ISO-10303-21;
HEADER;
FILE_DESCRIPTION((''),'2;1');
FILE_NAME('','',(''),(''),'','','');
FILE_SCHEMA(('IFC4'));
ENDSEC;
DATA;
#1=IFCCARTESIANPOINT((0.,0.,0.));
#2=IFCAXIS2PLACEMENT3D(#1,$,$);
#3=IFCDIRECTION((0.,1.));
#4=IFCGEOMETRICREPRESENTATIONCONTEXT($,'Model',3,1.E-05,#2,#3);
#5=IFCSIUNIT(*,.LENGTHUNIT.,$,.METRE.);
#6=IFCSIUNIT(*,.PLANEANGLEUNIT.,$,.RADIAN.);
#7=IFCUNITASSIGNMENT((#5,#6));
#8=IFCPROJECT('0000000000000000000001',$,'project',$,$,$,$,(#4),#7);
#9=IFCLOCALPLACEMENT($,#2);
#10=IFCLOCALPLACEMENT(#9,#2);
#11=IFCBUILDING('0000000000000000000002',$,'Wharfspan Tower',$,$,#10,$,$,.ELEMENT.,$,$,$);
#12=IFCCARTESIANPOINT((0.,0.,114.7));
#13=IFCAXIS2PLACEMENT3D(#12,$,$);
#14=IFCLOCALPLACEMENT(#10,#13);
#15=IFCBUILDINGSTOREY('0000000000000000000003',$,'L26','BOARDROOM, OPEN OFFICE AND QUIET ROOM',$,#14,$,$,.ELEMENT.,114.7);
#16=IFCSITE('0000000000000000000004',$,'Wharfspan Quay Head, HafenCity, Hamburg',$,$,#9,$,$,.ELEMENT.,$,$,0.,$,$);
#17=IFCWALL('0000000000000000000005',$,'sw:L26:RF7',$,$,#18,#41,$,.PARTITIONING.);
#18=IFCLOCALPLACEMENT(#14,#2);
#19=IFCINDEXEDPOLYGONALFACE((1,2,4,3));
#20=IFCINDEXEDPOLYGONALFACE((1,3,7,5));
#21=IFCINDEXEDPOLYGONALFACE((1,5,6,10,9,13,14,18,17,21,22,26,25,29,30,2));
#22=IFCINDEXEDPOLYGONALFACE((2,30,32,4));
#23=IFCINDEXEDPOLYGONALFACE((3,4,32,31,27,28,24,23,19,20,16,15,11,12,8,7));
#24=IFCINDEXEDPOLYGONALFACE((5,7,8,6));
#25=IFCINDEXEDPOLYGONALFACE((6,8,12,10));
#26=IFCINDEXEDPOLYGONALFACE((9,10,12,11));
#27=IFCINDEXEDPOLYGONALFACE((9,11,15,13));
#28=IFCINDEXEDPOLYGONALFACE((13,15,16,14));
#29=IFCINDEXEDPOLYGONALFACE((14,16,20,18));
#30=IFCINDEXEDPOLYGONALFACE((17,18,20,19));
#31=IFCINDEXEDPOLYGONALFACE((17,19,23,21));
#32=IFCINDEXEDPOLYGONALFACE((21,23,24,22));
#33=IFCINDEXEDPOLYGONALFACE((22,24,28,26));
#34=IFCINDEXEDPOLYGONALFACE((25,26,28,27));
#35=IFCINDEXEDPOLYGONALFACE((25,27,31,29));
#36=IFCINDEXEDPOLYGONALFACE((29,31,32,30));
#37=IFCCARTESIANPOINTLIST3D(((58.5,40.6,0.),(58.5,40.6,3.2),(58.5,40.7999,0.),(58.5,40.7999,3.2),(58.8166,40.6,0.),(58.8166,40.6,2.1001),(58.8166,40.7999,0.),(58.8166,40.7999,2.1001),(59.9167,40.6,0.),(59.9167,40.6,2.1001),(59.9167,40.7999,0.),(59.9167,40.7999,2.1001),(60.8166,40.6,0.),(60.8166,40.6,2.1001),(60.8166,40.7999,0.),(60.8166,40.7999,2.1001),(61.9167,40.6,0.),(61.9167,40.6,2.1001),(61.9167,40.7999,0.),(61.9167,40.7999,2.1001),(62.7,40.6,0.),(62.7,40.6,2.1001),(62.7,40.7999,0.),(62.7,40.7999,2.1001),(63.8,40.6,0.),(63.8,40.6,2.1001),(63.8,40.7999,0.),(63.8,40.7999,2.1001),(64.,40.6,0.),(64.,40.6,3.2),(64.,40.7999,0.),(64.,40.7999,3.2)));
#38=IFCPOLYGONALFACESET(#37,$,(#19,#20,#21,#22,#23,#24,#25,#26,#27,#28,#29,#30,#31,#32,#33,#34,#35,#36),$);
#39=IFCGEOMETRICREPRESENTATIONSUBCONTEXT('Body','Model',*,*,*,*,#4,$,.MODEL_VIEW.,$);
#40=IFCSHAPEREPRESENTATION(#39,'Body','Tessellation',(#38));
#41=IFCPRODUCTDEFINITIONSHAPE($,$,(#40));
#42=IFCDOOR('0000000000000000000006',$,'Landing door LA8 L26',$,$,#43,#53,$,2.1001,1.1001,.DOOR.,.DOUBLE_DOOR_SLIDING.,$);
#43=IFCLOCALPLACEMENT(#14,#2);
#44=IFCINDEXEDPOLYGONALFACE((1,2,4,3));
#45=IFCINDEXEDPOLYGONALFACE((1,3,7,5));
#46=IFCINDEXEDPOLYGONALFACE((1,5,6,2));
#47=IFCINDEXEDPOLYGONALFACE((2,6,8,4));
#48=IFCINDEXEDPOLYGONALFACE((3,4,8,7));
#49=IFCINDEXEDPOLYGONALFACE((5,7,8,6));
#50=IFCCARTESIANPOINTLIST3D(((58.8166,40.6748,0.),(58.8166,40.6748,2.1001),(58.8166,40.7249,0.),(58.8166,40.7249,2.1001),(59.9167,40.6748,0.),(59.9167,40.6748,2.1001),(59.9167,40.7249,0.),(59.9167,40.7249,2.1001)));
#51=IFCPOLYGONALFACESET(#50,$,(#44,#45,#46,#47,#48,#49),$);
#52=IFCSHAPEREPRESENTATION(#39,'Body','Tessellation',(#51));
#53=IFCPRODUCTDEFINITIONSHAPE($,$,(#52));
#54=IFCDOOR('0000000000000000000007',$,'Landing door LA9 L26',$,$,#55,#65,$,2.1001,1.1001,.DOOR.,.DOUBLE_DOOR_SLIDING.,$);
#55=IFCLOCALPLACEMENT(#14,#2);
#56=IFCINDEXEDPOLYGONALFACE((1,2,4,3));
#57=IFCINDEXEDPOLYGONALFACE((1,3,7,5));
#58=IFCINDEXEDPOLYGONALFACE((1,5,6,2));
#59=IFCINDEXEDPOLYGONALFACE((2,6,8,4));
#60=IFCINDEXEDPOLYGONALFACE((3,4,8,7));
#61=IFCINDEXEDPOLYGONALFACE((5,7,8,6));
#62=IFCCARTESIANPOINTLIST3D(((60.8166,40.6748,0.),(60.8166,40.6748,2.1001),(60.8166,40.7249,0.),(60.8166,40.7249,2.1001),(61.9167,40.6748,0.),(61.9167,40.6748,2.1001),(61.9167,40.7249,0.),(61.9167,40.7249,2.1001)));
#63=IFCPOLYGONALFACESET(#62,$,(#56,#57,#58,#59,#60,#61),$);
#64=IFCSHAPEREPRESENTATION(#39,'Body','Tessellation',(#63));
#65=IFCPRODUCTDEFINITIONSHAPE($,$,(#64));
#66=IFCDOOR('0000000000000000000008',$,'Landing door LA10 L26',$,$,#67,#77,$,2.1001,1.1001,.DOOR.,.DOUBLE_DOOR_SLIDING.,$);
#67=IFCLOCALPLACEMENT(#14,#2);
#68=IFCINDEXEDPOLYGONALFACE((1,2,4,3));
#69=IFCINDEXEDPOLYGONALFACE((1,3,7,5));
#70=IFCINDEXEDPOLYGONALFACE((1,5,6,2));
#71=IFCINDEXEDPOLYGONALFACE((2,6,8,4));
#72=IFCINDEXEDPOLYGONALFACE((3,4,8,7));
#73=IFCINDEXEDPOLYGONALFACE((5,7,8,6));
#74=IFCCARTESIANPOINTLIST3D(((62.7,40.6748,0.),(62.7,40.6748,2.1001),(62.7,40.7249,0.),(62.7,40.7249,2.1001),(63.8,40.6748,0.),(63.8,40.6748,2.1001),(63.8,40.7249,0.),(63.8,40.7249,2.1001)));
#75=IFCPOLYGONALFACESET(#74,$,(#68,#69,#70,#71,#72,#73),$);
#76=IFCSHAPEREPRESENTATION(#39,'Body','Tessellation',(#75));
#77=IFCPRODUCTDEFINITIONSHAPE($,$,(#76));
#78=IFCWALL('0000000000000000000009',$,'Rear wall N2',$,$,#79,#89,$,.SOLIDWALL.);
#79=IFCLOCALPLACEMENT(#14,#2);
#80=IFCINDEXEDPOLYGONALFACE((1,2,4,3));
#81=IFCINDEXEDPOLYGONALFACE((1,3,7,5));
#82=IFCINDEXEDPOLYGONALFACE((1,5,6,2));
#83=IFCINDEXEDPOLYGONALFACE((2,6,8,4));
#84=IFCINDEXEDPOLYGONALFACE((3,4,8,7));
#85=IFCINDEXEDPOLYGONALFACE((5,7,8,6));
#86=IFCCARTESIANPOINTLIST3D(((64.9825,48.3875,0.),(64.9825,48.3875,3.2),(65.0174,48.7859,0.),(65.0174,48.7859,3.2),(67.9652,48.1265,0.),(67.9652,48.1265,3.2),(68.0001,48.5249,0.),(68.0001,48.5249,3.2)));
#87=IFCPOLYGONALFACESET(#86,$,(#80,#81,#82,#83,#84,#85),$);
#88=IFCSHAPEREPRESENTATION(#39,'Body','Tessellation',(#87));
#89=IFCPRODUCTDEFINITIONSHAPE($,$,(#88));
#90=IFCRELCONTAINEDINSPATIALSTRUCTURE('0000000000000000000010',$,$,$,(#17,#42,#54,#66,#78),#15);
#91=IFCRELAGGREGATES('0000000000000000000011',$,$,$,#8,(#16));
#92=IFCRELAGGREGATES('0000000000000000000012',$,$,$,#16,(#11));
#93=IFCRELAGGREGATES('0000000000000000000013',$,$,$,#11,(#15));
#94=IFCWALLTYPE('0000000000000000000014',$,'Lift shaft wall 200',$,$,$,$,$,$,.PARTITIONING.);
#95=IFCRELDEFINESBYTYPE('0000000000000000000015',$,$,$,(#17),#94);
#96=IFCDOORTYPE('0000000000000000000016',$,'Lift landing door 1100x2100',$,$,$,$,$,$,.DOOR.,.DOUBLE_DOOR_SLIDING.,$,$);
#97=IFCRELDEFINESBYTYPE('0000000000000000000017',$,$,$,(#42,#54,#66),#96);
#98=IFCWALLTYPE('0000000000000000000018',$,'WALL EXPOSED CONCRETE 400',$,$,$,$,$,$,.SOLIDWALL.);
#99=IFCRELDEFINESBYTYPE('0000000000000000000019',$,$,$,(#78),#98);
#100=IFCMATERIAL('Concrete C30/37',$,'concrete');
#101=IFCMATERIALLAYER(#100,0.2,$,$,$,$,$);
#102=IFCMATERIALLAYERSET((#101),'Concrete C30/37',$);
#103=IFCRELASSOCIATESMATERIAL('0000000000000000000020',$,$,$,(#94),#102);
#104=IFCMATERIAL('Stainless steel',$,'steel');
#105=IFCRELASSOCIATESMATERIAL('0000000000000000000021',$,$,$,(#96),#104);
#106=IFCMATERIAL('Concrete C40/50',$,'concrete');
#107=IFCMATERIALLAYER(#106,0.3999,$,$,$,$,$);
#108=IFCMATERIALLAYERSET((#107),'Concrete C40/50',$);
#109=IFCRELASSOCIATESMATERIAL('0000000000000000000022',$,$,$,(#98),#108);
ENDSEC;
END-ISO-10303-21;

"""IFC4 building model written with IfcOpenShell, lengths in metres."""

from ifc_helpers import new_model, si_unit, direction, frame, frame_2d, origin, place, context, subcontext, project, spatial, rectangle, extrude, material, layer, layer_set, type_object, element, fill, save


model = new_model("IFC4")

# Units and contexts
model_context = context("Model", 3, precision=1e-05, world=origin(), true_north=direction((0.0, 1.0)))
body_context = subcontext(model_context, "Body", "Model", "MODEL_VIEW")
ifc_project = project(units=[si_unit("LENGTHUNIT", "METRE"), si_unit("PLANEANGLEUNIT", "RADIAN")], contexts=[model_context])

# Site, building, storey
site_placement = place(None, origin())
site = spatial("IfcSite", under=ifc_project, at=site_placement, Name="Wharfspan Quay Head, HafenCity, Hamburg", CompositionType="ELEMENT", RefElevation=0.0)
building_placement = place(site_placement, origin())
building = spatial("IfcBuilding", under=site, at=building_placement, Name="Wharfspan Tower", CompositionType="ELEMENT")
storey_placement = place(building_placement, frame((0.0, 0.0, 114.7)))
storey = spatial("IfcBuildingStorey", under=building, at=storey_placement, Name="L26", Description="BOARDROOM, OPEN OFFICE AND QUIET ROOM", CompositionType="ELEMENT", Elevation=114.7)

# Shared definitions
ifc_material_1 = material(Name="Concrete C30/37", Category="concrete")
ifc_layer_1 = layer(ifc_material_1, 0.2)
ifc_layer_set_1 = layer_set([ifc_layer_1], Name="Concrete C30/37")
wall_type_1 = type_object("IfcWallType", Name="Lift shaft wall 200", PredefinedType="PARTITIONING", material=ifc_layer_set_1)

# Wall, openings, doors
wall_1_placement = place(storey_placement, frame((58.5, 40.7, 0.0), z_axis=(0.0, 0.0, 1.0), x_axis=(1.0, 0.0, 0.0)))
wall_1 = element("IfcWall", 1, at=wall_1_placement, inside=storey, type_object=wall_type_1, Name="sw:L26:RF7", PredefinedType="PARTITIONING", context=body_context, shape_type="SweptSolid", body=[
    extrude(rectangle(XDim=5.5, YDim=0.2, at=frame_2d((2.75, 0.0))), origin(), (0.0, 0.0, 1.0), 3.2),
])
opening_1_placement = place(wall_1_placement, frame((0.3166, 0.0, 0.0)))
opening_1 = element("IfcOpeningElement", 2, at=opening_1_placement, cuts=wall_1, PredefinedType="OPENING", context=body_context, shape_type="SweptSolid", body=[
    extrude(rectangle(XDim=1.1001, YDim=2.1001, at=frame_2d((0.55, 1.05))), frame((0.0, 0.1099, 0.0), z_axis=(0.0, -1.0, 0.0), x_axis=(1.0, 0.0, 0.0)), (0.0, 0.0, 1.0), 0.22),
])
opening_2_placement = place(wall_1_placement, frame((2.3167, 0.0, 0.0)))
opening_2 = element("IfcOpeningElement", 3, at=opening_2_placement, cuts=wall_1, PredefinedType="OPENING", context=body_context, shape_type="SweptSolid", body=[
    extrude(rectangle(XDim=1.1001, YDim=2.1001, at=frame_2d((0.55, 1.05))), frame((0.0, 0.1099, 0.0), z_axis=(0.0, -1.0, 0.0), x_axis=(1.0, 0.0, 0.0)), (0.0, 0.0, 1.0), 0.22),
])
opening_3_placement = place(wall_1_placement, frame((4.2, 0.0, 0.0)))
opening_3 = element("IfcOpeningElement", 4, at=opening_3_placement, cuts=wall_1, PredefinedType="OPENING", context=body_context, shape_type="SweptSolid", body=[
    extrude(rectangle(XDim=1.1001, YDim=2.1001, at=frame_2d((0.55, 1.05))), frame((0.0, 0.1099, 0.0), z_axis=(0.0, -1.0, 0.0), x_axis=(1.0, 0.0, 0.0)), (0.0, 0.0, 1.0), 0.22),
])
ifc_material_2 = material(Name="Stainless steel", Category="steel")
door_type_1 = type_object("IfcDoorType", Name="Lift landing door 1100x2100", OperationType="DOUBLE_DOOR_SLIDING", PredefinedType="DOOR", material=ifc_material_2)
door_1_placement = place(opening_1_placement, origin())
door_1 = element("IfcDoor", 5, at=door_1_placement, inside=storey, type_object=door_type_1, Name="Landing door LA8 L26", OperationType="DOUBLE_DOOR_SLIDING", OverallHeight=2.1001, OverallWidth=1.1001, PredefinedType="DOOR", context=body_context, shape_type="SweptSolid", body=[
    extrude(rectangle(XDim=1.1001, YDim=2.1001, at=frame_2d((0.55, 1.05))), frame((0.0, 0.0249, 0.0), z_axis=(0.0, -1.0, 0.0), x_axis=(1.0, 0.0, 0.0)), (0.0, 0.0, 1.0), 0.05),
])
fill(opening_1, door_1)
door_2_placement = place(opening_2_placement, origin())
door_2 = element("IfcDoor", 6, at=door_2_placement, inside=storey, type_object=door_type_1, Name="Landing door LA9 L26", OperationType="DOUBLE_DOOR_SLIDING", OverallHeight=2.1001, OverallWidth=1.1001, PredefinedType="DOOR", context=body_context, shape_type="SweptSolid", body=[
    extrude(rectangle(XDim=1.1001, YDim=2.1001, at=frame_2d((0.55, 1.05))), frame((0.0, 0.0249, 0.0), z_axis=(0.0, -1.0, 0.0), x_axis=(1.0, 0.0, 0.0)), (0.0, 0.0, 1.0), 0.05),
])
fill(opening_2, door_2)
door_3_placement = place(opening_3_placement, origin())
door_3 = element("IfcDoor", 7, at=door_3_placement, inside=storey, type_object=door_type_1, Name="Landing door LA10 L26", OperationType="DOUBLE_DOOR_SLIDING", OverallHeight=2.1001, OverallWidth=1.1001, PredefinedType="DOOR", context=body_context, shape_type="SweptSolid", body=[
    extrude(rectangle(XDim=1.1001, YDim=2.1001, at=frame_2d((0.55, 1.05))), frame((0.0, 0.0249, 0.0), z_axis=(0.0, -1.0, 0.0), x_axis=(1.0, 0.0, 0.0)), (0.0, 0.0, 1.0), 0.05),
])
fill(opening_3, door_3)

# Wall
ifc_material_3 = material(Name="Concrete C40/50", Category="concrete")
ifc_layer_2 = layer(ifc_material_3, 0.3999)
ifc_layer_set_2 = layer_set([ifc_layer_2], Name="Concrete C40/50")
wall_type_2 = type_object("IfcWallType", Name="WALL EXPOSED CONCRETE 400", PredefinedType="SOLIDWALL", material=ifc_layer_set_2)
wall_2_placement = place(storey_placement, frame((67.9827, 48.3257, 0.0), z_axis=(0.0, 0.0, 1.0), x_axis=(-0.996194, 0.087168, 0.0)))
element("IfcWall", 8, at=wall_2_placement, inside=storey, type_object=wall_type_2, Name="Rear wall N2", PredefinedType="SOLIDWALL", context=body_context, shape_type="SweptSolid", body=[
    extrude(rectangle(XDim=2.9941, YDim=0.3999, at=frame_2d((1.4971, 0.0))), origin(), (0.0, 0.0, 1.0), 3.2),
])

save(model, "model.ifc")
